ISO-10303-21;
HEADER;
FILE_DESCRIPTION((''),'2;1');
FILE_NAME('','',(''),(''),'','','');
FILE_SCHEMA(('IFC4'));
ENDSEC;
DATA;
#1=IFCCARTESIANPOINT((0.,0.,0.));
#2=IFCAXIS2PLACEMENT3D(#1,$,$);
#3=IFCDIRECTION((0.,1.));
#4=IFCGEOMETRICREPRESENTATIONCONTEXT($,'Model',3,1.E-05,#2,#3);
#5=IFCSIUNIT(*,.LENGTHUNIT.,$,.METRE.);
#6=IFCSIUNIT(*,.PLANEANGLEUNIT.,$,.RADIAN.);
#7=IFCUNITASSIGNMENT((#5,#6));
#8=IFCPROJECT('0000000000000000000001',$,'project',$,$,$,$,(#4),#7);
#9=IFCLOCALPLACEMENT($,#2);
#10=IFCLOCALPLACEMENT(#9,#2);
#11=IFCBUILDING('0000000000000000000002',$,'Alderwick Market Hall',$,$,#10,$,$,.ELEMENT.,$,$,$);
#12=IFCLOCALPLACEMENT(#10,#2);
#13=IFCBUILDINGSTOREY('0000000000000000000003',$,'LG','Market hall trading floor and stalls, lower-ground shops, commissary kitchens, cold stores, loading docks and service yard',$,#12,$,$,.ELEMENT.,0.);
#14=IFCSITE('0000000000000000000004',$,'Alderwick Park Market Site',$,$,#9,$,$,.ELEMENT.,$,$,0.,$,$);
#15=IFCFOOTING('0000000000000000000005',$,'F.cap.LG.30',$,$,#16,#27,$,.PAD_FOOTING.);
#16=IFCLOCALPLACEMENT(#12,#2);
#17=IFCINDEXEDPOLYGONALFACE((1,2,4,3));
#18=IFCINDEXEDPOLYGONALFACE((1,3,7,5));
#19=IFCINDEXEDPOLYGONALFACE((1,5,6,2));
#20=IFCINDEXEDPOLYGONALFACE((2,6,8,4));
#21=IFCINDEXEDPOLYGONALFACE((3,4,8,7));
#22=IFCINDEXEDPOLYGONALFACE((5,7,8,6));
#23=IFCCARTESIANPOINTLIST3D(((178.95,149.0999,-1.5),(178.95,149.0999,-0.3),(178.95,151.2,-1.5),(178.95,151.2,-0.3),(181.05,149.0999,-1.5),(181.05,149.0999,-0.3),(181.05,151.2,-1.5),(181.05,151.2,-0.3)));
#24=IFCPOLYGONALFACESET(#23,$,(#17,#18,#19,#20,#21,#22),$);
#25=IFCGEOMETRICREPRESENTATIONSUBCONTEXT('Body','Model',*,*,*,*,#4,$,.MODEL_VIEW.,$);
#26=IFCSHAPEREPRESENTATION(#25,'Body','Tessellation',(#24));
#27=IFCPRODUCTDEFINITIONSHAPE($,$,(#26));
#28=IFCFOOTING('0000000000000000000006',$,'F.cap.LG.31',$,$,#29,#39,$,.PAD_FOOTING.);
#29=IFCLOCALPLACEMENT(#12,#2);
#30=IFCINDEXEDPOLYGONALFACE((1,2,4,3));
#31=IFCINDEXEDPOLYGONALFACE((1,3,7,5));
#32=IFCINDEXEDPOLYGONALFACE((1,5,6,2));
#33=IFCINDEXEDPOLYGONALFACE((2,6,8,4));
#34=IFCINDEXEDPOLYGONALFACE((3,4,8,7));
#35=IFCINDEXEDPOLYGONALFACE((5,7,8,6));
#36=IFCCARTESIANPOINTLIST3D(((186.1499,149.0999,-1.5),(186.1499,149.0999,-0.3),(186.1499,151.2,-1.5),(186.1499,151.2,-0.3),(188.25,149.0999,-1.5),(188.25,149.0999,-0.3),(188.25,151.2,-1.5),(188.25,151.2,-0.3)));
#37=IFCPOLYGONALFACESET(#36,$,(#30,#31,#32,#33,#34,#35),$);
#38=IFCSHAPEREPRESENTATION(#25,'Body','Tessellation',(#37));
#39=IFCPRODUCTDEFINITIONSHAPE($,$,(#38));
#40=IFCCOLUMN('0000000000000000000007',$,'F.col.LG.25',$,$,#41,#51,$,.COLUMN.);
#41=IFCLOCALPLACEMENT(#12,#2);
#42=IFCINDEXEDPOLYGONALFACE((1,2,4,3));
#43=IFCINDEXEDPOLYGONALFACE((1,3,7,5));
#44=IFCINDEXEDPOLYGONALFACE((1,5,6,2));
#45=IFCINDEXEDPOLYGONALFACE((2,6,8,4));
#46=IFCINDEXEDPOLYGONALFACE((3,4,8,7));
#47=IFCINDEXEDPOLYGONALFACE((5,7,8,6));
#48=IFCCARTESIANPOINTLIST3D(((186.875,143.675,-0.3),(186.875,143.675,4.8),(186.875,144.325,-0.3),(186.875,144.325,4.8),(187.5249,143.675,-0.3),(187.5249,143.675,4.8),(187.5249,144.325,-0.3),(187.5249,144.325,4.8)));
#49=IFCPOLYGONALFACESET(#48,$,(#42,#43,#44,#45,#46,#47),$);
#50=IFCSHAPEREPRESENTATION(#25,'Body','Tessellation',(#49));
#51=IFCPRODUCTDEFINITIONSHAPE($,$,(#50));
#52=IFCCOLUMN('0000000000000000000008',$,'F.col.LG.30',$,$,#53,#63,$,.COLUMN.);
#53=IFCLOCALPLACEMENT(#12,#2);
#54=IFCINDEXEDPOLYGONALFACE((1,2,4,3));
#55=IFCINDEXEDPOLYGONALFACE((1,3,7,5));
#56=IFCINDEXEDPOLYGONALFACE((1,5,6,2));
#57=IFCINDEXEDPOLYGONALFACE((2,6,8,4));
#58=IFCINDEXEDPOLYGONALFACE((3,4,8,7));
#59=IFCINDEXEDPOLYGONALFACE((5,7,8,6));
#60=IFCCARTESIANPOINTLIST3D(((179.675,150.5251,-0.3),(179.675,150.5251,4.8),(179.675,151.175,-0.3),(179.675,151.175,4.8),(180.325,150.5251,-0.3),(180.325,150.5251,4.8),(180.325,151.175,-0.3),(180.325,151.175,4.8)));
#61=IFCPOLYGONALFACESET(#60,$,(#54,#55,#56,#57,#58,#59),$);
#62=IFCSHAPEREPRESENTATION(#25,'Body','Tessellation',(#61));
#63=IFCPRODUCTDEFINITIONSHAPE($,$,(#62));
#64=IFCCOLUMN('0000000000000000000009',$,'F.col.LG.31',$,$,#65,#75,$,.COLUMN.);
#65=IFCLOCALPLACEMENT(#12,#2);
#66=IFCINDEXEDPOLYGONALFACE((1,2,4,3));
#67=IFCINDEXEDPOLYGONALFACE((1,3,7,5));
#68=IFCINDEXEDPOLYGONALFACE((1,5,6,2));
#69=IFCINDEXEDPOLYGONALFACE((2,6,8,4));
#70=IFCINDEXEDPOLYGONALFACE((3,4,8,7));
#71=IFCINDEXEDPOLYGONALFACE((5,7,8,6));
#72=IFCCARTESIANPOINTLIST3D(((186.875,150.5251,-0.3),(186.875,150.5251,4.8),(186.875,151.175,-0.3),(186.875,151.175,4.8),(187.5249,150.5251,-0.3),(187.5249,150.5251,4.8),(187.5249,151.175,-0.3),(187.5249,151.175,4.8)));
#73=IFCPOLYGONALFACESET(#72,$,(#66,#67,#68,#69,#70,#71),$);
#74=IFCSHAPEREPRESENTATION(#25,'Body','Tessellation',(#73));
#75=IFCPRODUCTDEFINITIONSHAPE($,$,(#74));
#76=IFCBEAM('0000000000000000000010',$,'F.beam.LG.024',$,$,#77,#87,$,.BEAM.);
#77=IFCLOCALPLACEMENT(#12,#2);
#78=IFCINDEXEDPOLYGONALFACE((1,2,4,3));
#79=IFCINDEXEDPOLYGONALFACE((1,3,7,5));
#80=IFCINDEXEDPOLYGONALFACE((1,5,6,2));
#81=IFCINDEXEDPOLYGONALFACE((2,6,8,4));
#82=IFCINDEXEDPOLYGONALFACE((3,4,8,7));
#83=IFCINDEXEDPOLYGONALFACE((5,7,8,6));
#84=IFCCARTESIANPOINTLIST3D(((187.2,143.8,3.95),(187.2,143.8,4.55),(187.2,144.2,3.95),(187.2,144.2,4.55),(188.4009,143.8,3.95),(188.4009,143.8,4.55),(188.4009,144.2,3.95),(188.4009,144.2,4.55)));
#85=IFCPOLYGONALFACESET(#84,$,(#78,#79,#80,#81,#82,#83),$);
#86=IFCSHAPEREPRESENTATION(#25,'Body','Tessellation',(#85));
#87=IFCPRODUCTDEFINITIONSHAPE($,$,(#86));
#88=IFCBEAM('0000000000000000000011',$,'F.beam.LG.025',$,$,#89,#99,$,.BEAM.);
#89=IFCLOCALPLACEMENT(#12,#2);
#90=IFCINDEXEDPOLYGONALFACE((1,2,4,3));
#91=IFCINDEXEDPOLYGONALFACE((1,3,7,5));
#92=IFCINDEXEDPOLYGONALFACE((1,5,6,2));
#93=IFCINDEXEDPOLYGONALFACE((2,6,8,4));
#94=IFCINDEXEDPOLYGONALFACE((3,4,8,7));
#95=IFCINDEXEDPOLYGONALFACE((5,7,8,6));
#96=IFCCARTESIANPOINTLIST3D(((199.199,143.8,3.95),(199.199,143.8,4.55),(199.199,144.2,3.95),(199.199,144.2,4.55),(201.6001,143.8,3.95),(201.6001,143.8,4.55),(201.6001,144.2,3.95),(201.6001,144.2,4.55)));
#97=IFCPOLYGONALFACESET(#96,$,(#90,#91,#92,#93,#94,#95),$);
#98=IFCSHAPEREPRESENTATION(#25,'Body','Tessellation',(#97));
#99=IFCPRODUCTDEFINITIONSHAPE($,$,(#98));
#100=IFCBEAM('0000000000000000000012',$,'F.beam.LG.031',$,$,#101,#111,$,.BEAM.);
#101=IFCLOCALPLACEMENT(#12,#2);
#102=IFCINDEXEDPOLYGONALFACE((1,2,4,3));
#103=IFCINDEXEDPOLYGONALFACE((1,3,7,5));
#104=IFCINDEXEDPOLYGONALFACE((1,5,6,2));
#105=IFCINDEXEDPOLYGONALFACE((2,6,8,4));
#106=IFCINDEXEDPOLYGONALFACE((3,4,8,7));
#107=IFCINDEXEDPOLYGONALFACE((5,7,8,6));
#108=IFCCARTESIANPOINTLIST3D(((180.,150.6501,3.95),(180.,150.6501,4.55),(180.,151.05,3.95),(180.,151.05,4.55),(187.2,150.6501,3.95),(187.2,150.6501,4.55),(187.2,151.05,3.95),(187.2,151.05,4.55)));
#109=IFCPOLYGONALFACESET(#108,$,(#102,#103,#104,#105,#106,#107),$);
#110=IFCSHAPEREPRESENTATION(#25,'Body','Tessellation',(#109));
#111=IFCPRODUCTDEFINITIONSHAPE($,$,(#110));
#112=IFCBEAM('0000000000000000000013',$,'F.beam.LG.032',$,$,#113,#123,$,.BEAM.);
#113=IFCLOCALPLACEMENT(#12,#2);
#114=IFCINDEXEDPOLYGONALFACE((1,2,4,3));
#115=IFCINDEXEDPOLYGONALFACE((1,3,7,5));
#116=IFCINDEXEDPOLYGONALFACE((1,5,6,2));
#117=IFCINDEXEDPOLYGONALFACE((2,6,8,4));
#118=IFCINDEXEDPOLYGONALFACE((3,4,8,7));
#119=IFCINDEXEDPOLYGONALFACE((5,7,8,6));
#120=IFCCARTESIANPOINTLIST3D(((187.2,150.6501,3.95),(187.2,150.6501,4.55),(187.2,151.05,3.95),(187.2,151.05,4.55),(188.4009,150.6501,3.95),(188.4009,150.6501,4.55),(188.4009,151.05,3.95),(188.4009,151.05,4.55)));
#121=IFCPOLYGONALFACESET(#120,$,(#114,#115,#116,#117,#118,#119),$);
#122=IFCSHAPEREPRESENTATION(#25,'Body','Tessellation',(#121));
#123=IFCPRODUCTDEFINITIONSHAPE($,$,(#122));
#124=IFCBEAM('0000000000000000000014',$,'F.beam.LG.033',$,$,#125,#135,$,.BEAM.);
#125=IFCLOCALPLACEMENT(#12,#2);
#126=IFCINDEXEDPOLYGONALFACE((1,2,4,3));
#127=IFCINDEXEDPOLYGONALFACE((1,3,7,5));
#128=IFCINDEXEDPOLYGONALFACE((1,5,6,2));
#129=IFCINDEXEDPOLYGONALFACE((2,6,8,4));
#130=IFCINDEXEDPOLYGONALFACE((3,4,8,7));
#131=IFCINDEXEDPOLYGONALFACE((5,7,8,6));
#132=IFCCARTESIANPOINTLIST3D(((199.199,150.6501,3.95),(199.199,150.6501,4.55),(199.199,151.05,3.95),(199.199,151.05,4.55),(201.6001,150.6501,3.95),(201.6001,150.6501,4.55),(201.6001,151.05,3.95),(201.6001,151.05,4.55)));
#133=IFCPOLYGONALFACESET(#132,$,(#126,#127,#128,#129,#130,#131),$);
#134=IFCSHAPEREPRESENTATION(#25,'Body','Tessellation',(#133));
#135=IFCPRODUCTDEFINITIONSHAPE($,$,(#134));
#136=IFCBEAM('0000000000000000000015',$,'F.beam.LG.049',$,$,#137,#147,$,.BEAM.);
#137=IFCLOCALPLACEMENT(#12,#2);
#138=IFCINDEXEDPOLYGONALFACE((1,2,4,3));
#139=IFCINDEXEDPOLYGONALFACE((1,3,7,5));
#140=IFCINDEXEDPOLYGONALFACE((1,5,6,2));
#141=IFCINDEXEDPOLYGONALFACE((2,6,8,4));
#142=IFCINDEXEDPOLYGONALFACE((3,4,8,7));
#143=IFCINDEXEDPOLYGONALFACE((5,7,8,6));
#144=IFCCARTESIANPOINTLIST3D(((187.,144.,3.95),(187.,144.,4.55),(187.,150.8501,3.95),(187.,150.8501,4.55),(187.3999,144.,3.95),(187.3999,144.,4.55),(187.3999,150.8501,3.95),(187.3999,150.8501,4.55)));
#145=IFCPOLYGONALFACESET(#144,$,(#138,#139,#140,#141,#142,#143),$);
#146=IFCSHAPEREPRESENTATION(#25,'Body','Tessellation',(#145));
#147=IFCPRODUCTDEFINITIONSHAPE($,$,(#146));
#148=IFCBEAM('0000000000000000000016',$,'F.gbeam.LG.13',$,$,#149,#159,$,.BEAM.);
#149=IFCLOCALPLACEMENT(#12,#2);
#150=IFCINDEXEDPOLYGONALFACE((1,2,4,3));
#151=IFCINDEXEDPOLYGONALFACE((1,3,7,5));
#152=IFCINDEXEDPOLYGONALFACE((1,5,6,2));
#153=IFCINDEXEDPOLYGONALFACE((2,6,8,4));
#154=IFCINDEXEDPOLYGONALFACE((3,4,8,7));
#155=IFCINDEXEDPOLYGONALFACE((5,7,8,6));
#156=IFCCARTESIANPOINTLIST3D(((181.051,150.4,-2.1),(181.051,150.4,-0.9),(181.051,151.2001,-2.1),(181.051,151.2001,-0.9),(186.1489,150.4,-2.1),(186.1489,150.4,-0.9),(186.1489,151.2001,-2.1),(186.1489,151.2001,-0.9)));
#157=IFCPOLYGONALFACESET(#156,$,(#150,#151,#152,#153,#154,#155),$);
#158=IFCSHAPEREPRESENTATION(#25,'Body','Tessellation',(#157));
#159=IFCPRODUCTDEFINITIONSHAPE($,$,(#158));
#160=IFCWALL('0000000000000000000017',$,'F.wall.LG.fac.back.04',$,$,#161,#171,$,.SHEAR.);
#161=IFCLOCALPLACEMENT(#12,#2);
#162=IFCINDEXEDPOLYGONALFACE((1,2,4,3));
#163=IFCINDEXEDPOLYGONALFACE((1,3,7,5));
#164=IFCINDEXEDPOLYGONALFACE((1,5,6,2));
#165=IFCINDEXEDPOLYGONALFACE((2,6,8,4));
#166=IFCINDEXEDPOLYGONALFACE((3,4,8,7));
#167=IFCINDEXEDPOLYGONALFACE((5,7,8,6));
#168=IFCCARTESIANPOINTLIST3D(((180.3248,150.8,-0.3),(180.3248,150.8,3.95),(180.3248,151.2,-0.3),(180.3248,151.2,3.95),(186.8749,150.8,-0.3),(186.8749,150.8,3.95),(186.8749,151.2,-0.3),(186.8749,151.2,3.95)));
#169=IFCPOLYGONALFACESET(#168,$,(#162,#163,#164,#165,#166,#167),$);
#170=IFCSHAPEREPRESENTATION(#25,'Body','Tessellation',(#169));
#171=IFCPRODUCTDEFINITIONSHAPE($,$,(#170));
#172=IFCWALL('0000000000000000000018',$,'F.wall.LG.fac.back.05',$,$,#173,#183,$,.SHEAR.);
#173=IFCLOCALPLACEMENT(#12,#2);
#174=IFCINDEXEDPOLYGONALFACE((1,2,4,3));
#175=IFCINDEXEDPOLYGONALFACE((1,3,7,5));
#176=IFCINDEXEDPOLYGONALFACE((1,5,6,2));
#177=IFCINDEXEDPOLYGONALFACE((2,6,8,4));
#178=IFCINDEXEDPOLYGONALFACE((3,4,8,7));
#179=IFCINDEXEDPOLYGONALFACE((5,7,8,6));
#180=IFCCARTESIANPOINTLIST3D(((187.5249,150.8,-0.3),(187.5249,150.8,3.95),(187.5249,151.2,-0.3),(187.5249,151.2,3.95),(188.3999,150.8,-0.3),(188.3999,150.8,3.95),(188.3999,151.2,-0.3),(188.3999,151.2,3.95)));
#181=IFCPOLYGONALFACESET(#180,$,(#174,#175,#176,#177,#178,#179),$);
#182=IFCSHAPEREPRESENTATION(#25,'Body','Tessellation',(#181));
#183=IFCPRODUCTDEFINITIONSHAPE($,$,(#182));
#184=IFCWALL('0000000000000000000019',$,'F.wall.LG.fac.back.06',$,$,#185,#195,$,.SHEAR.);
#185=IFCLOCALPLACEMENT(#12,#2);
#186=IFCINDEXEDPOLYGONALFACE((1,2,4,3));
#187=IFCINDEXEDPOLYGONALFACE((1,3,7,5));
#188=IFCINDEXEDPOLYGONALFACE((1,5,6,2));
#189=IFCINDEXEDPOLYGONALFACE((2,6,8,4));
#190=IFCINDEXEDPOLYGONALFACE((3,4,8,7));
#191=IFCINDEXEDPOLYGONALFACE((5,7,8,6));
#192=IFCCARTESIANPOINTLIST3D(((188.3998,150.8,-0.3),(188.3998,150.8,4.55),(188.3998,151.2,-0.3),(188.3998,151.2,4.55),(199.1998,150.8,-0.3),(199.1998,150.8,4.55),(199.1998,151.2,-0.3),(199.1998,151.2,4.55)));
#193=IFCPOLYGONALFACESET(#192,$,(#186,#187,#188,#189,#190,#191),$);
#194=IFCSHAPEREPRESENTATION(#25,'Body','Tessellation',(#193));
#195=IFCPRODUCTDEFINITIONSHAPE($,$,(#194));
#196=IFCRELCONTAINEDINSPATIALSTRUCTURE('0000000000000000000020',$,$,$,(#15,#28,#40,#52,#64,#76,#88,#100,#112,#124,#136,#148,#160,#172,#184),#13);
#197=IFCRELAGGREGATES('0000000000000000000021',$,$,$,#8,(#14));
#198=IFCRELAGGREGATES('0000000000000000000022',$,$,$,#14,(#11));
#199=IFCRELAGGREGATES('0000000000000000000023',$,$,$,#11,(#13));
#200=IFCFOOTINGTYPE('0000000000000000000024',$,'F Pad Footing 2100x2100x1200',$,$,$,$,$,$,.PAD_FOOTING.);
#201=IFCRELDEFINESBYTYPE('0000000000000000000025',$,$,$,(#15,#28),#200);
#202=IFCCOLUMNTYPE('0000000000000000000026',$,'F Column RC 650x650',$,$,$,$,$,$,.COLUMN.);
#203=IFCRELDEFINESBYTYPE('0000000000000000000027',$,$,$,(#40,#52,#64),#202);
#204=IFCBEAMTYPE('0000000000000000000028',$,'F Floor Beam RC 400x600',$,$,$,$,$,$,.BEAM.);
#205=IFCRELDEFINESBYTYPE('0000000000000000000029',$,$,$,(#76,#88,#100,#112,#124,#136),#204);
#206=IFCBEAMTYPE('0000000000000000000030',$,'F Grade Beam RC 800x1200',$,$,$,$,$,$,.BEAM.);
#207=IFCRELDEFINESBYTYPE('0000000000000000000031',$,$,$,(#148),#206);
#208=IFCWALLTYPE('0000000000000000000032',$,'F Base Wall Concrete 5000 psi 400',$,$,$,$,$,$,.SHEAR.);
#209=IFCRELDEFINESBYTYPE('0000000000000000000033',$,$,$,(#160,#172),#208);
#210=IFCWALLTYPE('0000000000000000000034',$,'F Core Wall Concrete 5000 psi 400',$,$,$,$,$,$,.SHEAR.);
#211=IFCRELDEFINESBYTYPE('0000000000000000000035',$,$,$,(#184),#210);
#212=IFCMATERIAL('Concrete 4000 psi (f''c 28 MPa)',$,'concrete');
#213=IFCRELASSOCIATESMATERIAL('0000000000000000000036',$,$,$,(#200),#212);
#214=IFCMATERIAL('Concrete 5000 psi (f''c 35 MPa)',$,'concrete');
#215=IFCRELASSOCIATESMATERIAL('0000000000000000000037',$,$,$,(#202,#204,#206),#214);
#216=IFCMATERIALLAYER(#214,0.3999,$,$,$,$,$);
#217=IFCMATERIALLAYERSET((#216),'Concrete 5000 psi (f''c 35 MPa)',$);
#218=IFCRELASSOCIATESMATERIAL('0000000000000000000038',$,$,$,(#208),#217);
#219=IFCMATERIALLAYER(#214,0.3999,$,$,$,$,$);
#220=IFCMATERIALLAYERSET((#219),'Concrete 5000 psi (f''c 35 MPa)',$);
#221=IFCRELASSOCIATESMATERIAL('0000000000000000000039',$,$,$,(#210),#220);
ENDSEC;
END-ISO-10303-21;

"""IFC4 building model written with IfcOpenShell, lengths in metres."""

from ifc_helpers import new_model, si_unit, direction, frame, frame_2d, origin, origin_2d, place, context, subcontext, project, spatial, rectangle, extrude, material, layer, layer_set, material_profile, profile_set, type_object, element, save


model = new_model("IFC4")

# Units and contexts
model_context = context("Model", 3, precision=1e-05, world=origin(), true_north=direction((0.0, 1.0)))
body_context = subcontext(model_context, "Body", "Model", "MODEL_VIEW")
ifc_project = project(units=[si_unit("LENGTHUNIT", "METRE"), si_unit("PLANEANGLEUNIT", "RADIAN")], contexts=[model_context])

# Site, building, storey
site_placement = place(None, origin())
site = spatial("IfcSite", under=ifc_project, at=site_placement, Name="Alderwick Park Market Site", CompositionType="ELEMENT", RefElevation=0.0)
building_placement = place(site_placement, origin())
building = spatial("IfcBuilding", under=site, at=building_placement, Name="Alderwick Market Hall", CompositionType="ELEMENT")
storey_placement = place(building_placement, origin())
storey = spatial("IfcBuildingStorey", under=building, at=storey_placement, Name="LG", Description="Market hall trading floor and stalls, lower-ground shops, commissary kitchens, cold stores, loading docks and service yard", CompositionType="ELEMENT", Elevation=0.0)

# Footings
ifc_material_1 = material(Name="Concrete 4000 psi (f'c 28 MPa)", Category="concrete")
footing_type = type_object("IfcFootingType", Name="F Pad Footing 2100x2100x1200", PredefinedType="PAD_FOOTING", material=ifc_material_1)
for number, where, z_axis, x_axis, name in (
    (1, (180.0, 150.1499, -1.5), (0.0, 0.0, 1.0), (1.0, 0.0, 0.0), "F.cap.LG.30"),
    (2, (187.2, 150.1499, -1.5), (0.0, 0.0, 1.0), (1.0, 0.0, 0.0), "F.cap.LG.31"),
):
    element("IfcFooting", number, at=place(storey_placement, frame(where, z_axis=z_axis, x_axis=x_axis)), inside=storey, type_object=footing_type, Name=name, PredefinedType="PAD_FOOTING", context=body_context, shape_type="SweptSolid", body=[
        extrude(rectangle(XDim=2.1001, YDim=2.1001, at=origin_2d()), origin(), (0.0, 0.0, 1.0), 1.2),
    ])

# Columns
ifc_material_2 = material(Name="Concrete 5000 psi (f'c 35 MPa)", Category="concrete")
ifc_material_profile_1 = material_profile(ifc_material_2, rectangle(XDim=0.6499, YDim=0.6499, at=origin_2d()), Name="RC 650x650")
ifc_profile_set_1 = profile_set([ifc_material_profile_1], Name="Concrete 5000 psi (f'c 35 MPa)")
column_type = type_object("IfcColumnType", Name="F Column RC 650x650", PredefinedType="COLUMN", material=ifc_profile_set_1)
for number, where, z_axis, x_axis, name in (
    (3, (187.2, 144.0, -0.3), (0.0, 0.0, 1.0), (1.0, 0.0, 0.0), "F.col.LG.25"),
    (4, (180.0, 150.8501, -0.3), (0.0, 0.0, 1.0), (1.0, 0.0, 0.0), "F.col.LG.30"),
    (5, (187.2, 150.8501, -0.3), (0.0, 0.0, 1.0), (1.0, 0.0, 0.0), "F.col.LG.31"),
):
    element("IfcColumn", number, at=place(storey_placement, frame(where, z_axis=z_axis, x_axis=x_axis)), inside=storey, type_object=column_type, Name=name, PredefinedType="COLUMN", context=body_context, shape_type="SweptSolid", body=[
        extrude(rectangle(XDim=0.6499, YDim=0.6499, at=origin_2d()), origin(), (0.0, 0.0, 1.0), 5.1001),
    ])

# Beams
ifc_material_profile_2 = material_profile(ifc_material_2, rectangle(XDim=0.3999, YDim=0.6001, at=origin_2d()), Name="RC 400x600")
ifc_profile_set_2 = profile_set([ifc_material_profile_2], Name="Concrete 5000 psi (f'c 35 MPa)")
beam_type_1 = type_object("IfcBeamType", Name="F Floor Beam RC 400x600", PredefinedType="BEAM", material=ifc_profile_set_2)
beam_1_placement = place(storey_placement, frame((187.2, 144.0, 4.25), z_axis=(1.0, 0.0, 0.0), x_axis=(0.0, 1.0, 0.0)))
element("IfcBeam", 6, at=beam_1_placement, inside=storey, type_object=beam_type_1, Name="F.beam.LG.024", PredefinedType="BEAM", context=body_context, shape_type="SweptSolid", body=[
    extrude(rectangle(XDim=0.3999, YDim=0.6001, at=origin_2d()), origin(), (0.0, 0.0, 1.0), 1.2009),
])
beam_2_placement = place(storey_placement, frame((199.199, 144.0, 4.25), z_axis=(1.0, 0.0, 0.0), x_axis=(0.0, 1.0, 0.0)))
element("IfcBeam", 7, at=beam_2_placement, inside=storey, type_object=beam_type_1, Name="F.beam.LG.025", PredefinedType="BEAM", context=body_context, shape_type="SweptSolid", body=[
    extrude(rectangle(XDim=0.3999, YDim=0.6001, at=origin_2d()), origin(), (0.0, 0.0, 1.0), 2.4011),
])
beam_3_placement = place(storey_placement, frame((180.0, 150.8501, 4.25), z_axis=(1.0, 0.0, 0.0), x_axis=(0.0, 1.0, 0.0)))
element("IfcBeam", 8, at=beam_3_placement, inside=storey, type_object=beam_type_1, Name="F.beam.LG.031", PredefinedType="BEAM", context=body_context, shape_type="SweptSolid", body=[
    extrude(rectangle(XDim=0.3999, YDim=0.6001, at=origin_2d()), origin(), (0.0, 0.0, 1.0), 7.2),
])
beam_4_placement = place(storey_placement, frame((187.2, 150.8501, 4.25), z_axis=(1.0, 0.0, 0.0), x_axis=(0.0, 1.0, 0.0)))
element("IfcBeam", 9, at=beam_4_placement, inside=storey, type_object=beam_type_1, Name="F.beam.LG.032", PredefinedType="BEAM", context=body_context, shape_type="SweptSolid", body=[
    extrude(rectangle(XDim=0.3999, YDim=0.6001, at=origin_2d()), origin(), (0.0, 0.0, 1.0), 1.2009),
])
beam_5_placement = place(storey_placement, frame((199.199, 150.8501, 4.25), z_axis=(1.0, 0.0, 0.0), x_axis=(0.0, 1.0, 0.0)))
element("IfcBeam", 10, at=beam_5_placement, inside=storey, type_object=beam_type_1, Name="F.beam.LG.033", PredefinedType="BEAM", context=body_context, shape_type="SweptSolid", body=[
    extrude(rectangle(XDim=0.3999, YDim=0.6001, at=origin_2d()), origin(), (0.0, 0.0, 1.0), 2.4011),
])
beam_6_placement = place(storey_placement, frame((187.2, 144.0, 4.25), z_axis=(0.0, 1.0, 0.0), x_axis=(-1.0, 0.0, 0.0)))
element("IfcBeam", 11, at=beam_6_placement, inside=storey, type_object=beam_type_1, Name="F.beam.LG.049", PredefinedType="BEAM", context=body_context, shape_type="SweptSolid", body=[
    extrude(rectangle(XDim=0.3999, YDim=0.6001, at=origin_2d()), origin(), (0.0, 0.0, 1.0), 6.8501),
])
ifc_material_profile_3 = material_profile(ifc_material_2, rectangle(XDim=0.8, YDim=1.2, at=origin_2d()), Name="RC 800x1200")
ifc_profile_set_3 = profile_set([ifc_material_profile_3], Name="Concrete 5000 psi (f'c 35 MPa)")
beam_type_2 = type_object("IfcBeamType", Name="F Grade Beam RC 800x1200", PredefinedType="BEAM", material=ifc_profile_set_3)
beam_7_placement = place(storey_placement, frame((181.051, 150.8, -1.5), z_axis=(1.0, 0.0, 0.0), x_axis=(0.0, 1.0, 0.0)))
element("IfcBeam", 12, at=beam_7_placement, inside=storey, type_object=beam_type_2, Name="F.gbeam.LG.13", PredefinedType="BEAM", context=body_context, shape_type="SweptSolid", body=[
    extrude(rectangle(XDim=0.8, YDim=1.2, at=origin_2d()), origin(), (0.0, 0.0, 1.0), 5.0979),
])

# Walls
ifc_layer_1 = layer(ifc_material_2, 0.3999)
ifc_layer_set_1 = layer_set([ifc_layer_1], Name="Concrete 5000 psi (f'c 35 MPa)")
wall_type_1 = type_object("IfcWallType", Name="F Base Wall Concrete 5000 psi 400", PredefinedType="SHEAR", material=ifc_layer_set_1)
wall_1_placement = place(storey_placement, frame((180.325, 151.0, -0.3), z_axis=(0.0, 0.0, 1.0), x_axis=(1.0, 0.0, 0.0)))
element("IfcWall", 13, at=wall_1_placement, inside=storey, type_object=wall_type_1, Name="F.wall.LG.fac.back.04", PredefinedType="SHEAR", context=body_context, shape_type="SweptSolid", body=[
    extrude(rectangle(XDim=6.55, YDim=0.3999, at=frame_2d((3.2749, 0.0))), origin(), (0.0, 0.0, 1.0), 4.25),
])
wall_2_placement = place(storey_placement, frame((187.5249, 151.0, -0.3), z_axis=(0.0, 0.0, 1.0), x_axis=(1.0, 0.0, 0.0)))
element("IfcWall", 14, at=wall_2_placement, inside=storey, type_object=wall_type_1, Name="F.wall.LG.fac.back.05", PredefinedType="SHEAR", context=body_context, shape_type="SweptSolid", body=[
    extrude(rectangle(XDim=0.875, YDim=0.3999, at=frame_2d((0.4375, 0.0))), origin(), (0.0, 0.0, 1.0), 4.25),
])
ifc_layer_2 = layer(ifc_material_2, 0.3999)
ifc_layer_set_2 = layer_set([ifc_layer_2], Name="Concrete 5000 psi (f'c 35 MPa)")
wall_type_2 = type_object("IfcWallType", Name="F Core Wall Concrete 5000 psi 400", PredefinedType="SHEAR", material=ifc_layer_set_2)
wall_3_placement = place(storey_placement, frame((188.3999, 151.0, -0.3), z_axis=(0.0, 0.0, 1.0), x_axis=(1.0, 0.0, 0.0)))
element("IfcWall", 15, at=wall_3_placement, inside=storey, type_object=wall_type_2, Name="F.wall.LG.fac.back.06", PredefinedType="SHEAR", context=body_context, shape_type="SweptSolid", body=[
    extrude(rectangle(XDim=10.8, YDim=0.3999, at=frame_2d((5.3999, 0.0))), origin(), (0.0, 0.0, 1.0), 4.8501),
])

save(model, "model.ifc")
